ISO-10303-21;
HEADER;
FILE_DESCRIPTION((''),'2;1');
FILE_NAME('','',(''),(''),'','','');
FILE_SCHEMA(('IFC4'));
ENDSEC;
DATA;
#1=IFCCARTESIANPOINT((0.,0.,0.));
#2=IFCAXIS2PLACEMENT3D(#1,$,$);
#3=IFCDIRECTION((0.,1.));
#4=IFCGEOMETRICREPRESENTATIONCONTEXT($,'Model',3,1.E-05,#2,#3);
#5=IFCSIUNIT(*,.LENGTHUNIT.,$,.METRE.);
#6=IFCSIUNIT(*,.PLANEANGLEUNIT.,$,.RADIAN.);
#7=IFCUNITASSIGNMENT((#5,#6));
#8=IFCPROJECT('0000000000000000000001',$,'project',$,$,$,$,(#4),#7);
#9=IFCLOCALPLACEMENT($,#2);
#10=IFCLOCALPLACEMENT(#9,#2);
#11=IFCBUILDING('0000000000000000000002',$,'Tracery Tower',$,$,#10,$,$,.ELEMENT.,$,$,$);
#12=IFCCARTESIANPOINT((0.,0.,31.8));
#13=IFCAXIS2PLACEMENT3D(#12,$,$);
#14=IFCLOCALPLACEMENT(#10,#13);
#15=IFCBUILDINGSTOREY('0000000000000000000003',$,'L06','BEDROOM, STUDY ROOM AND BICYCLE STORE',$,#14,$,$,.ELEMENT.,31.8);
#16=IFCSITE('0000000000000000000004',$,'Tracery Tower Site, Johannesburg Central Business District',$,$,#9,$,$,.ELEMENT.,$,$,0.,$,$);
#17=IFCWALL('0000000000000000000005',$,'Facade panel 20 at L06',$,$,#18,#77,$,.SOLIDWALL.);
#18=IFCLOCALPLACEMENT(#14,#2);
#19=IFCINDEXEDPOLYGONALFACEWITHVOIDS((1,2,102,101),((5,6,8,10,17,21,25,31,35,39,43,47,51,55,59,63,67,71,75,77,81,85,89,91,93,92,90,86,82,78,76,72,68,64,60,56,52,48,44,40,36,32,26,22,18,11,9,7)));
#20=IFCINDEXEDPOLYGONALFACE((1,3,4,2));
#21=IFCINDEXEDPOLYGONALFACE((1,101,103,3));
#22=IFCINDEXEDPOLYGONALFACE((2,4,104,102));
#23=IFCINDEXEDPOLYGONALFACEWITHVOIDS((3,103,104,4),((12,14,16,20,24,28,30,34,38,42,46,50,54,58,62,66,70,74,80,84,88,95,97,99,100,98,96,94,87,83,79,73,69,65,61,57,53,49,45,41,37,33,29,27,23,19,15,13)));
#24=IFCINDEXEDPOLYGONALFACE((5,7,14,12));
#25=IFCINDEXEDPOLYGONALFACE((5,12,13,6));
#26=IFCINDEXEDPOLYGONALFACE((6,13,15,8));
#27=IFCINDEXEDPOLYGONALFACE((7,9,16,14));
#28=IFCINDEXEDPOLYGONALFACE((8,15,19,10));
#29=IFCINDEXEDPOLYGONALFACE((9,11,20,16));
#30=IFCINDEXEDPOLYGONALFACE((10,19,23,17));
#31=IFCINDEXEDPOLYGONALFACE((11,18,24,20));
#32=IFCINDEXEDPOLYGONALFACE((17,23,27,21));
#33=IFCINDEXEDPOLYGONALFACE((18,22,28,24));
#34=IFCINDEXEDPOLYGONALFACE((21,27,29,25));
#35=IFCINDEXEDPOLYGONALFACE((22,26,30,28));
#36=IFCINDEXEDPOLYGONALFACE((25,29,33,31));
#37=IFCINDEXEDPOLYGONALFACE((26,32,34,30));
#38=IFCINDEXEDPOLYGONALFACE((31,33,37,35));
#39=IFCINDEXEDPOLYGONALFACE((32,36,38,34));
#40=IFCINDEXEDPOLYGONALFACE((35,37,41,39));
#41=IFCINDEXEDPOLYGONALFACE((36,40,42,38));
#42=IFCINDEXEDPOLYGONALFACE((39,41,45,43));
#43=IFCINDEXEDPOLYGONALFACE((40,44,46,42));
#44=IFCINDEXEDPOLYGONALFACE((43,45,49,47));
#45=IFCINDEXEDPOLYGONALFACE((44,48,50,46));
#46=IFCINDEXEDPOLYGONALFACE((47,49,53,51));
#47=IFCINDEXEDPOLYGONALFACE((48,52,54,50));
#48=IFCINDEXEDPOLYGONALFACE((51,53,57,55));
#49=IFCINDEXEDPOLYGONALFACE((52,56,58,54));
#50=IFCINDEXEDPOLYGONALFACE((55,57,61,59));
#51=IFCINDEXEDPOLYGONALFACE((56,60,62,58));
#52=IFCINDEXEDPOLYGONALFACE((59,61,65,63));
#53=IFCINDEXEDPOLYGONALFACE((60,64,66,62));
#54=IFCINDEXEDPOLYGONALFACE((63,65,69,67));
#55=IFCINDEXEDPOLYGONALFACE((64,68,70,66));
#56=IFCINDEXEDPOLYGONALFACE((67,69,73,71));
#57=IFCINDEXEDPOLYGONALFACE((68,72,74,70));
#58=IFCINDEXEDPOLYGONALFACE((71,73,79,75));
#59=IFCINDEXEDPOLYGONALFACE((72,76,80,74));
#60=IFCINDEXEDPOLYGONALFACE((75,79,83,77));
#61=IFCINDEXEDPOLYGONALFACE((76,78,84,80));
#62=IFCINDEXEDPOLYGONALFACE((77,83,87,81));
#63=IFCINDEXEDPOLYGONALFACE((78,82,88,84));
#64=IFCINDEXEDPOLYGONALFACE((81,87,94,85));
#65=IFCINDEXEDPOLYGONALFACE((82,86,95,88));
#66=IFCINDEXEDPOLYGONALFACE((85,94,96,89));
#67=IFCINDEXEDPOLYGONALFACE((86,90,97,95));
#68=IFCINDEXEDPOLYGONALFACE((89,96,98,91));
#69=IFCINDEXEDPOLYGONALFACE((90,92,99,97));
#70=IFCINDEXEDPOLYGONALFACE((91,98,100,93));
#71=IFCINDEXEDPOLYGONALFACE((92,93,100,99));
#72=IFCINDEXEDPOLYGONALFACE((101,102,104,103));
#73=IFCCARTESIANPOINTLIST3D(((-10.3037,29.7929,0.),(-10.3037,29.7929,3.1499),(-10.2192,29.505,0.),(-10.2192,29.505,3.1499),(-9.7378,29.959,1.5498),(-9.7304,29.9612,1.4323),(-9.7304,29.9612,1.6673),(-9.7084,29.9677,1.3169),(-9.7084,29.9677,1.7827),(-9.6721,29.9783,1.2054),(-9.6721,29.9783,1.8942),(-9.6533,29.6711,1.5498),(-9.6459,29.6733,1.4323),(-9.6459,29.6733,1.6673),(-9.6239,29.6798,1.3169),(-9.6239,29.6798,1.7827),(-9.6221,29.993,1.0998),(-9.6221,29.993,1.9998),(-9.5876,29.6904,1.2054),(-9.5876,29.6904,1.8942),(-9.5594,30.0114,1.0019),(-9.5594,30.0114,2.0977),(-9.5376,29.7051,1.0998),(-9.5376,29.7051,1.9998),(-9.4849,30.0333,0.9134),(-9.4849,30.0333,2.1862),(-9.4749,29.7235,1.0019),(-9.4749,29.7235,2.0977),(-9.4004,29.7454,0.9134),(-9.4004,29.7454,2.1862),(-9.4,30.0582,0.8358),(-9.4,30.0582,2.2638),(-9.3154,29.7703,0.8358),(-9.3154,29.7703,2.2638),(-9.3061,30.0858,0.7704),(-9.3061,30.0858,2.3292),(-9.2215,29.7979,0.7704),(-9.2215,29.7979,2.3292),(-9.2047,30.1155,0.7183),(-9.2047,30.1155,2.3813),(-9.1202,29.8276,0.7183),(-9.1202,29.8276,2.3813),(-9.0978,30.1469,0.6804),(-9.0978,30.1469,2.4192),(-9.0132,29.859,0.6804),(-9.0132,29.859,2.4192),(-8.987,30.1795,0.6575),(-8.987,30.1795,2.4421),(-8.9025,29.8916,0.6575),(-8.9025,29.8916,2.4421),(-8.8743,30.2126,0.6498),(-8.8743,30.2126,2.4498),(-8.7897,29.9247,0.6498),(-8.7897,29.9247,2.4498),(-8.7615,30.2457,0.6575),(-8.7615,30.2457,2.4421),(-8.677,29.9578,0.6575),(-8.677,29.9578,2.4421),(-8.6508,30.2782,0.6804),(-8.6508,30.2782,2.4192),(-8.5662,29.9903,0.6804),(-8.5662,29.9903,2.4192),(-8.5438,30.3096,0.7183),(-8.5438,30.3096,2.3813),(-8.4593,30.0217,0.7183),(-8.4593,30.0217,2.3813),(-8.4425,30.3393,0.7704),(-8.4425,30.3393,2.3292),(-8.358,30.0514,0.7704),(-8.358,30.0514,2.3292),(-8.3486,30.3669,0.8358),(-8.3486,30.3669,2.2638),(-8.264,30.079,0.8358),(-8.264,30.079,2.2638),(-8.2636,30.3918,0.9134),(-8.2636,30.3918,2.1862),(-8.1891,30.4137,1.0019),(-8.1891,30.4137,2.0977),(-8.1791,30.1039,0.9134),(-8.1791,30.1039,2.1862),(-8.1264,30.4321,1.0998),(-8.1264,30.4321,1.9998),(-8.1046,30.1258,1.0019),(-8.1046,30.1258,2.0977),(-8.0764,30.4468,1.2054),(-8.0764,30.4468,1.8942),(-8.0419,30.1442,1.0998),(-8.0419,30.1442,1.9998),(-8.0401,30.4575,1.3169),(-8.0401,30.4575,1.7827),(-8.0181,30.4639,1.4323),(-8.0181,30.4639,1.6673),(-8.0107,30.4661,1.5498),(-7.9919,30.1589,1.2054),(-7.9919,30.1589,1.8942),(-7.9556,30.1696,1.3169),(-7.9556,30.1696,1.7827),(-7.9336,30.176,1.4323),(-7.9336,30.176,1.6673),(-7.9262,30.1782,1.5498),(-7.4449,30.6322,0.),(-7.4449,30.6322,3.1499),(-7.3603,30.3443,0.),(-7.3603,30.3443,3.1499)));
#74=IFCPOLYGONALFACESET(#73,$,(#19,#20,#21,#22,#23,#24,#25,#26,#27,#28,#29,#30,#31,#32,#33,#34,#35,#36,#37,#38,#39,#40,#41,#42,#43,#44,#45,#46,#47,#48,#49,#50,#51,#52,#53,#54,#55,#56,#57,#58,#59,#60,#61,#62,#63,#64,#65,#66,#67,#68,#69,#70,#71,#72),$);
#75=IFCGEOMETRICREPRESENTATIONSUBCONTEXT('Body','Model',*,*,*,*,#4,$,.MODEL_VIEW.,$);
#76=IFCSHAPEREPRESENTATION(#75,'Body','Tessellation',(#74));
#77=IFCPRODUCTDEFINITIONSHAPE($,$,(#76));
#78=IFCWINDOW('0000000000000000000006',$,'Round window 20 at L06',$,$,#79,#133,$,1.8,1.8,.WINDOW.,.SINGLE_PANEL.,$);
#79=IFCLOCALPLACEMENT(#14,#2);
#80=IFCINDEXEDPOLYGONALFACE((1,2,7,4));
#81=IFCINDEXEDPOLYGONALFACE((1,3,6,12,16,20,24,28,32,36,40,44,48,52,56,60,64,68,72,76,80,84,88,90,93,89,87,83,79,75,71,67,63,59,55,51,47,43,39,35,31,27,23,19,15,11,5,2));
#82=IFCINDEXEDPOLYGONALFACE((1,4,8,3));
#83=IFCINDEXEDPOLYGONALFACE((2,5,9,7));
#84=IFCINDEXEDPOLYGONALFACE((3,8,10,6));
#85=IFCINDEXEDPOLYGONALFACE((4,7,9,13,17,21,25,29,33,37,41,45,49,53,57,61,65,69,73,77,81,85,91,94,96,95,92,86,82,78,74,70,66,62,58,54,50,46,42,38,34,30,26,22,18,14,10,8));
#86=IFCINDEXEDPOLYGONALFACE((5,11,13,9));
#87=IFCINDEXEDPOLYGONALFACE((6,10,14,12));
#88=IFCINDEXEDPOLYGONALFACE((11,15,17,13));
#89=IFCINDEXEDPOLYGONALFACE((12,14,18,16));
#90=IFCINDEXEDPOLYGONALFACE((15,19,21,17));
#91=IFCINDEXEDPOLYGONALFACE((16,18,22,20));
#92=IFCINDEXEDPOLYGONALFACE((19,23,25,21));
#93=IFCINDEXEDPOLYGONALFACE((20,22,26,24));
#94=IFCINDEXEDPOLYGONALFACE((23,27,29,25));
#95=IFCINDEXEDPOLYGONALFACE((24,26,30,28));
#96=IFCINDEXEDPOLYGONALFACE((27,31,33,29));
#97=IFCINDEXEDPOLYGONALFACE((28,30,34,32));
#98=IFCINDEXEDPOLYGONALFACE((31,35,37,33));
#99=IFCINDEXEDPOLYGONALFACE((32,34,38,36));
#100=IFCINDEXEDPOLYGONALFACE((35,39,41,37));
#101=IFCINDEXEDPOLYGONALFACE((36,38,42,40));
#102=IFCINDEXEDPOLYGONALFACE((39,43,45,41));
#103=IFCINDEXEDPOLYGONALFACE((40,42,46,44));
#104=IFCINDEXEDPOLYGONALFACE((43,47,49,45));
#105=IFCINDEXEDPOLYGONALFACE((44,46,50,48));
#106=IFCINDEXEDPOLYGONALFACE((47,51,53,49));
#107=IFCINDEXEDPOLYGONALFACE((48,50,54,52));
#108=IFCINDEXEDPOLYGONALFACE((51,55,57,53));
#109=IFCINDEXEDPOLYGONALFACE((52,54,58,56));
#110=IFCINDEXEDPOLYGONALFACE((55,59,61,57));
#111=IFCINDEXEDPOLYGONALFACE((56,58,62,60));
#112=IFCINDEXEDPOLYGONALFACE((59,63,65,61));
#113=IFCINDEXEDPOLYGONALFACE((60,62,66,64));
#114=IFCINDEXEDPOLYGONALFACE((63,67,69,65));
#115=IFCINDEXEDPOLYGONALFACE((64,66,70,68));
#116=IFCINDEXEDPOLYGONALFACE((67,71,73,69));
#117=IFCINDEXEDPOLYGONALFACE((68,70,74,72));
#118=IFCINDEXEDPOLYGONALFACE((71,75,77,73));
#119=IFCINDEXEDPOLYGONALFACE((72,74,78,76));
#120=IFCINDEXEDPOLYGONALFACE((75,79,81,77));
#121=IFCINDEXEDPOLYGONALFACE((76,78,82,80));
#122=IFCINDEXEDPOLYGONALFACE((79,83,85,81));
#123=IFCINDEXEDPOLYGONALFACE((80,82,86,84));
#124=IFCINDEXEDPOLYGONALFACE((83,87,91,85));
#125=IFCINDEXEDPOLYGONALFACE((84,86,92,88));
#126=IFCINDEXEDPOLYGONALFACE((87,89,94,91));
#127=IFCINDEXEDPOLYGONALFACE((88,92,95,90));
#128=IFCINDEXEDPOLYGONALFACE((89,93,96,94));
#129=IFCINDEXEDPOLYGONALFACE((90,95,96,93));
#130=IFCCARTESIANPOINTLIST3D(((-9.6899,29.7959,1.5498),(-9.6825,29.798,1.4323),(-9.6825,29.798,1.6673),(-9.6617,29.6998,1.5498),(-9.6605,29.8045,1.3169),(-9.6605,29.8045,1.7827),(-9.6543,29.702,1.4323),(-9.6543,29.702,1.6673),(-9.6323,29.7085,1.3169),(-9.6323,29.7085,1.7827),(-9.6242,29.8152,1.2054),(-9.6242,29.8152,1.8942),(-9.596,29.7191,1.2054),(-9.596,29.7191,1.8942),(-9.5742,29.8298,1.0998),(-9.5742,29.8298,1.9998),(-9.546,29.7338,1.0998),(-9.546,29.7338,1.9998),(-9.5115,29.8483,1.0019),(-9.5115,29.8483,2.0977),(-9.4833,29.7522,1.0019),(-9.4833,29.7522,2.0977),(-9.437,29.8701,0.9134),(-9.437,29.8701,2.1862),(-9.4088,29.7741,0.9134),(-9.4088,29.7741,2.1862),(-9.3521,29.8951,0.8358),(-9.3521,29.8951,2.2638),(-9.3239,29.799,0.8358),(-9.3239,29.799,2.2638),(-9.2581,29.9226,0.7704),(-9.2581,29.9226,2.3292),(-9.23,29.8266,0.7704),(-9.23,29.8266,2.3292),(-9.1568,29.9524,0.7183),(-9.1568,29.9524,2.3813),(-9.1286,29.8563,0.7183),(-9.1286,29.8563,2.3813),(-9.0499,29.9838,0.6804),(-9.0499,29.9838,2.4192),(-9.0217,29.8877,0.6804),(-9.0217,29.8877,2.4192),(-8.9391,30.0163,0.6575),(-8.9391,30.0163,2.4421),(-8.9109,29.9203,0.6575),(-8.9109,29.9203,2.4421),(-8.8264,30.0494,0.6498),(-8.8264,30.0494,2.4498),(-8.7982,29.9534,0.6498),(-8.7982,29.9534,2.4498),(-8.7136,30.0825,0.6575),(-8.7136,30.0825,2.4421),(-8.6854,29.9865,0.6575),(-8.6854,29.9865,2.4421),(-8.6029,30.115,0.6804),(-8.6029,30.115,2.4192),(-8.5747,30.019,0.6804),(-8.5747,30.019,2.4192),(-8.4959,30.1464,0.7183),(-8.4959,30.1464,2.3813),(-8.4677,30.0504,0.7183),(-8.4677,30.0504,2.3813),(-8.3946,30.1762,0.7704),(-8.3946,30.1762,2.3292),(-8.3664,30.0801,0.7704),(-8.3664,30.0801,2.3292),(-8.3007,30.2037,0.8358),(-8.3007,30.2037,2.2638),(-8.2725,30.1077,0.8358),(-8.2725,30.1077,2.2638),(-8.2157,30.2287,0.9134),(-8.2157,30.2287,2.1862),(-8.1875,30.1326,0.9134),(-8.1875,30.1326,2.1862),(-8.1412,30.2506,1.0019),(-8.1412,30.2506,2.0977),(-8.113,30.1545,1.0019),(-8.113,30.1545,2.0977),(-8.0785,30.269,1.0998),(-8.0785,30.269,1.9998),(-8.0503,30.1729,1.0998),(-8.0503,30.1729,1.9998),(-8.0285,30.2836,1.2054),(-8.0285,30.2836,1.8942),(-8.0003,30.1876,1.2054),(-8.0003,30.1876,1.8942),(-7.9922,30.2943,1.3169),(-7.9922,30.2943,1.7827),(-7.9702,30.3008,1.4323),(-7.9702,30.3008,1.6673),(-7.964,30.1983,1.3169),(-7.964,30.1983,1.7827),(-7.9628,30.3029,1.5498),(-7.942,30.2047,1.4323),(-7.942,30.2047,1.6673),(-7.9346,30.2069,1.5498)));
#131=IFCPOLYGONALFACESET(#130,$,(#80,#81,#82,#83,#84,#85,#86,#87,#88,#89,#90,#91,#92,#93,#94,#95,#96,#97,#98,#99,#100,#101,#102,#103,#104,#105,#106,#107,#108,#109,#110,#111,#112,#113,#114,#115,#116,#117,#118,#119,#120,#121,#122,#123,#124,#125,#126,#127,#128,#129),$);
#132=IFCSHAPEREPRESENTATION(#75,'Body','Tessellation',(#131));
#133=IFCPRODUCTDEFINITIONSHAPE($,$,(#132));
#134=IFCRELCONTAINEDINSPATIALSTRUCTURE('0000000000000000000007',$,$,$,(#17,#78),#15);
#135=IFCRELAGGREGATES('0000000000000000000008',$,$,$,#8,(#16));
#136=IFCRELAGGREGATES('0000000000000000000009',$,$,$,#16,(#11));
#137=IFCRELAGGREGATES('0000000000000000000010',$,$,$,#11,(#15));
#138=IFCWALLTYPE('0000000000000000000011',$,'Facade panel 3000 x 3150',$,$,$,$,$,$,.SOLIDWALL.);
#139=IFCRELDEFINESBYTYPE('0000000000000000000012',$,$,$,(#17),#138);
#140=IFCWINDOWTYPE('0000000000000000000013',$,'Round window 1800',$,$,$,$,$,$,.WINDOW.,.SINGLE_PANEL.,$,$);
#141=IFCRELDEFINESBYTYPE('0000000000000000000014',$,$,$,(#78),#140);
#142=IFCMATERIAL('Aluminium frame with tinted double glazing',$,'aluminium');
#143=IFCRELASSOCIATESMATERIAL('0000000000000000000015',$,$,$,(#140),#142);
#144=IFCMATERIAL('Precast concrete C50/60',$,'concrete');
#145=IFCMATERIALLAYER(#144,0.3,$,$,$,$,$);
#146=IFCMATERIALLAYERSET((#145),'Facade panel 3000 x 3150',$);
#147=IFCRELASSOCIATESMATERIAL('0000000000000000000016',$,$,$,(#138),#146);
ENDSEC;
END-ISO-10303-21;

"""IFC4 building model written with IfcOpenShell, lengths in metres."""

from ifc_helpers import new_model, si_unit, direction, frame, frame_2d, origin, origin_2d, place, context, subcontext, project, spatial, rectangle, circle, extrude, material, layer, layer_set, type_object, element, fill, save


model = new_model("IFC4")

# Units and contexts
model_context = context("Model", 3, precision=1e-05, world=origin(), true_north=direction((0.0, 1.0)))
body_context = subcontext(model_context, "Body", "Model", "MODEL_VIEW")
ifc_project = project(units=[si_unit("LENGTHUNIT", "METRE"), si_unit("PLANEANGLEUNIT", "RADIAN")], contexts=[model_context])

# Site, building, storey
site_placement = place(None, origin())
site = spatial("IfcSite", under=ifc_project, at=site_placement, Name="Tracery Tower Site, Johannesburg Central Business District", CompositionType="ELEMENT", RefElevation=0.0)
building_placement = place(site_placement, origin())
building = spatial("IfcBuilding", under=site, at=building_placement, Name="Tracery Tower", CompositionType="ELEMENT")
storey_placement = place(building_placement, frame((0.0, 0.0, 31.8)))
storey = spatial("IfcBuildingStorey", under=building, at=storey_placement, Name="L06", Description="BEDROOM, STUDY ROOM AND BICYCLE STORE", CompositionType="ELEMENT", Elevation=31.8)

# Wall, opening, window
ifc_material_1 = material(Name="Aluminium frame with tinted double glazing", Category="aluminium")
window_type = type_object("IfcWindowType", Name="Round window 1800", PartitioningType="SINGLE_PANEL", PredefinedType="WINDOW", material=ifc_material_1)
ifc_material_2 = material(Name="Precast concrete C50/60", Category="concrete")
ifc_layer_1 = layer(ifc_material_2, 0.3)
ifc_layer_set_1 = layer_set([ifc_layer_1], Name="Facade panel 3000 x 3150")
wall_type_1 = type_object("IfcWallType", Name="Facade panel 3000 x 3150", PredefinedType="SOLIDWALL", material=ifc_layer_set_1)
wall_1_placement = place(storey_placement, frame((-7.4026, 30.4883, 0.0), z_axis=(0.0, 0.0, 1.0), x_axis=(-0.959501, -0.281705, 0.0)))
wall_1 = element("IfcWall", 1, at=wall_1_placement, inside=storey, type_object=wall_type_1, Name="Facade panel 20 at L06", PredefinedType="SOLIDWALL", context=body_context, shape_type="SweptSolid", body=[
    extrude(rectangle(XDim=2.9795, YDim=0.3, at=frame_2d((1.4897, 0.0))), origin(), (0.0, 0.0, 1.0), 3.1499),
])
opening_1_placement = place(wall_1_placement, frame((1.4897, 0.0, 1.5498)))
opening_1 = element("IfcOpeningElement", 2, at=opening_1_placement, cuts=wall_1, PredefinedType="OPENING", context=body_context, shape_type="SweptSolid", body=[
    extrude(circle(Radius=0.9, at=origin_2d()), frame((0.0, 0.1599, 0.0), z_axis=(0.0, -1.0, 0.0), x_axis=(1.0, 0.0, 0.0)), (0.0, 0.0, 1.0), 0.3201),
])
window_1_placement = place(opening_1_placement, origin())
window_1 = element("IfcWindow", 3, at=window_1_placement, inside=storey, type_object=window_type, Name="Round window 20 at L06", OverallHeight=1.8, OverallWidth=1.8, PartitioningType="SINGLE_PANEL", PredefinedType="WINDOW", context=body_context, shape_type="SweptSolid", body=[
    extrude(circle(Radius=0.9, at=origin_2d()), frame((0.0, 0.1201, 0.0), z_axis=(0.0, -1.0, 0.0), x_axis=(1.0, 0.0, 0.0)), (0.0, 0.0, 1.0), 0.1001),
])
fill(opening_1, window_1)

save(model, "model.ifc")
